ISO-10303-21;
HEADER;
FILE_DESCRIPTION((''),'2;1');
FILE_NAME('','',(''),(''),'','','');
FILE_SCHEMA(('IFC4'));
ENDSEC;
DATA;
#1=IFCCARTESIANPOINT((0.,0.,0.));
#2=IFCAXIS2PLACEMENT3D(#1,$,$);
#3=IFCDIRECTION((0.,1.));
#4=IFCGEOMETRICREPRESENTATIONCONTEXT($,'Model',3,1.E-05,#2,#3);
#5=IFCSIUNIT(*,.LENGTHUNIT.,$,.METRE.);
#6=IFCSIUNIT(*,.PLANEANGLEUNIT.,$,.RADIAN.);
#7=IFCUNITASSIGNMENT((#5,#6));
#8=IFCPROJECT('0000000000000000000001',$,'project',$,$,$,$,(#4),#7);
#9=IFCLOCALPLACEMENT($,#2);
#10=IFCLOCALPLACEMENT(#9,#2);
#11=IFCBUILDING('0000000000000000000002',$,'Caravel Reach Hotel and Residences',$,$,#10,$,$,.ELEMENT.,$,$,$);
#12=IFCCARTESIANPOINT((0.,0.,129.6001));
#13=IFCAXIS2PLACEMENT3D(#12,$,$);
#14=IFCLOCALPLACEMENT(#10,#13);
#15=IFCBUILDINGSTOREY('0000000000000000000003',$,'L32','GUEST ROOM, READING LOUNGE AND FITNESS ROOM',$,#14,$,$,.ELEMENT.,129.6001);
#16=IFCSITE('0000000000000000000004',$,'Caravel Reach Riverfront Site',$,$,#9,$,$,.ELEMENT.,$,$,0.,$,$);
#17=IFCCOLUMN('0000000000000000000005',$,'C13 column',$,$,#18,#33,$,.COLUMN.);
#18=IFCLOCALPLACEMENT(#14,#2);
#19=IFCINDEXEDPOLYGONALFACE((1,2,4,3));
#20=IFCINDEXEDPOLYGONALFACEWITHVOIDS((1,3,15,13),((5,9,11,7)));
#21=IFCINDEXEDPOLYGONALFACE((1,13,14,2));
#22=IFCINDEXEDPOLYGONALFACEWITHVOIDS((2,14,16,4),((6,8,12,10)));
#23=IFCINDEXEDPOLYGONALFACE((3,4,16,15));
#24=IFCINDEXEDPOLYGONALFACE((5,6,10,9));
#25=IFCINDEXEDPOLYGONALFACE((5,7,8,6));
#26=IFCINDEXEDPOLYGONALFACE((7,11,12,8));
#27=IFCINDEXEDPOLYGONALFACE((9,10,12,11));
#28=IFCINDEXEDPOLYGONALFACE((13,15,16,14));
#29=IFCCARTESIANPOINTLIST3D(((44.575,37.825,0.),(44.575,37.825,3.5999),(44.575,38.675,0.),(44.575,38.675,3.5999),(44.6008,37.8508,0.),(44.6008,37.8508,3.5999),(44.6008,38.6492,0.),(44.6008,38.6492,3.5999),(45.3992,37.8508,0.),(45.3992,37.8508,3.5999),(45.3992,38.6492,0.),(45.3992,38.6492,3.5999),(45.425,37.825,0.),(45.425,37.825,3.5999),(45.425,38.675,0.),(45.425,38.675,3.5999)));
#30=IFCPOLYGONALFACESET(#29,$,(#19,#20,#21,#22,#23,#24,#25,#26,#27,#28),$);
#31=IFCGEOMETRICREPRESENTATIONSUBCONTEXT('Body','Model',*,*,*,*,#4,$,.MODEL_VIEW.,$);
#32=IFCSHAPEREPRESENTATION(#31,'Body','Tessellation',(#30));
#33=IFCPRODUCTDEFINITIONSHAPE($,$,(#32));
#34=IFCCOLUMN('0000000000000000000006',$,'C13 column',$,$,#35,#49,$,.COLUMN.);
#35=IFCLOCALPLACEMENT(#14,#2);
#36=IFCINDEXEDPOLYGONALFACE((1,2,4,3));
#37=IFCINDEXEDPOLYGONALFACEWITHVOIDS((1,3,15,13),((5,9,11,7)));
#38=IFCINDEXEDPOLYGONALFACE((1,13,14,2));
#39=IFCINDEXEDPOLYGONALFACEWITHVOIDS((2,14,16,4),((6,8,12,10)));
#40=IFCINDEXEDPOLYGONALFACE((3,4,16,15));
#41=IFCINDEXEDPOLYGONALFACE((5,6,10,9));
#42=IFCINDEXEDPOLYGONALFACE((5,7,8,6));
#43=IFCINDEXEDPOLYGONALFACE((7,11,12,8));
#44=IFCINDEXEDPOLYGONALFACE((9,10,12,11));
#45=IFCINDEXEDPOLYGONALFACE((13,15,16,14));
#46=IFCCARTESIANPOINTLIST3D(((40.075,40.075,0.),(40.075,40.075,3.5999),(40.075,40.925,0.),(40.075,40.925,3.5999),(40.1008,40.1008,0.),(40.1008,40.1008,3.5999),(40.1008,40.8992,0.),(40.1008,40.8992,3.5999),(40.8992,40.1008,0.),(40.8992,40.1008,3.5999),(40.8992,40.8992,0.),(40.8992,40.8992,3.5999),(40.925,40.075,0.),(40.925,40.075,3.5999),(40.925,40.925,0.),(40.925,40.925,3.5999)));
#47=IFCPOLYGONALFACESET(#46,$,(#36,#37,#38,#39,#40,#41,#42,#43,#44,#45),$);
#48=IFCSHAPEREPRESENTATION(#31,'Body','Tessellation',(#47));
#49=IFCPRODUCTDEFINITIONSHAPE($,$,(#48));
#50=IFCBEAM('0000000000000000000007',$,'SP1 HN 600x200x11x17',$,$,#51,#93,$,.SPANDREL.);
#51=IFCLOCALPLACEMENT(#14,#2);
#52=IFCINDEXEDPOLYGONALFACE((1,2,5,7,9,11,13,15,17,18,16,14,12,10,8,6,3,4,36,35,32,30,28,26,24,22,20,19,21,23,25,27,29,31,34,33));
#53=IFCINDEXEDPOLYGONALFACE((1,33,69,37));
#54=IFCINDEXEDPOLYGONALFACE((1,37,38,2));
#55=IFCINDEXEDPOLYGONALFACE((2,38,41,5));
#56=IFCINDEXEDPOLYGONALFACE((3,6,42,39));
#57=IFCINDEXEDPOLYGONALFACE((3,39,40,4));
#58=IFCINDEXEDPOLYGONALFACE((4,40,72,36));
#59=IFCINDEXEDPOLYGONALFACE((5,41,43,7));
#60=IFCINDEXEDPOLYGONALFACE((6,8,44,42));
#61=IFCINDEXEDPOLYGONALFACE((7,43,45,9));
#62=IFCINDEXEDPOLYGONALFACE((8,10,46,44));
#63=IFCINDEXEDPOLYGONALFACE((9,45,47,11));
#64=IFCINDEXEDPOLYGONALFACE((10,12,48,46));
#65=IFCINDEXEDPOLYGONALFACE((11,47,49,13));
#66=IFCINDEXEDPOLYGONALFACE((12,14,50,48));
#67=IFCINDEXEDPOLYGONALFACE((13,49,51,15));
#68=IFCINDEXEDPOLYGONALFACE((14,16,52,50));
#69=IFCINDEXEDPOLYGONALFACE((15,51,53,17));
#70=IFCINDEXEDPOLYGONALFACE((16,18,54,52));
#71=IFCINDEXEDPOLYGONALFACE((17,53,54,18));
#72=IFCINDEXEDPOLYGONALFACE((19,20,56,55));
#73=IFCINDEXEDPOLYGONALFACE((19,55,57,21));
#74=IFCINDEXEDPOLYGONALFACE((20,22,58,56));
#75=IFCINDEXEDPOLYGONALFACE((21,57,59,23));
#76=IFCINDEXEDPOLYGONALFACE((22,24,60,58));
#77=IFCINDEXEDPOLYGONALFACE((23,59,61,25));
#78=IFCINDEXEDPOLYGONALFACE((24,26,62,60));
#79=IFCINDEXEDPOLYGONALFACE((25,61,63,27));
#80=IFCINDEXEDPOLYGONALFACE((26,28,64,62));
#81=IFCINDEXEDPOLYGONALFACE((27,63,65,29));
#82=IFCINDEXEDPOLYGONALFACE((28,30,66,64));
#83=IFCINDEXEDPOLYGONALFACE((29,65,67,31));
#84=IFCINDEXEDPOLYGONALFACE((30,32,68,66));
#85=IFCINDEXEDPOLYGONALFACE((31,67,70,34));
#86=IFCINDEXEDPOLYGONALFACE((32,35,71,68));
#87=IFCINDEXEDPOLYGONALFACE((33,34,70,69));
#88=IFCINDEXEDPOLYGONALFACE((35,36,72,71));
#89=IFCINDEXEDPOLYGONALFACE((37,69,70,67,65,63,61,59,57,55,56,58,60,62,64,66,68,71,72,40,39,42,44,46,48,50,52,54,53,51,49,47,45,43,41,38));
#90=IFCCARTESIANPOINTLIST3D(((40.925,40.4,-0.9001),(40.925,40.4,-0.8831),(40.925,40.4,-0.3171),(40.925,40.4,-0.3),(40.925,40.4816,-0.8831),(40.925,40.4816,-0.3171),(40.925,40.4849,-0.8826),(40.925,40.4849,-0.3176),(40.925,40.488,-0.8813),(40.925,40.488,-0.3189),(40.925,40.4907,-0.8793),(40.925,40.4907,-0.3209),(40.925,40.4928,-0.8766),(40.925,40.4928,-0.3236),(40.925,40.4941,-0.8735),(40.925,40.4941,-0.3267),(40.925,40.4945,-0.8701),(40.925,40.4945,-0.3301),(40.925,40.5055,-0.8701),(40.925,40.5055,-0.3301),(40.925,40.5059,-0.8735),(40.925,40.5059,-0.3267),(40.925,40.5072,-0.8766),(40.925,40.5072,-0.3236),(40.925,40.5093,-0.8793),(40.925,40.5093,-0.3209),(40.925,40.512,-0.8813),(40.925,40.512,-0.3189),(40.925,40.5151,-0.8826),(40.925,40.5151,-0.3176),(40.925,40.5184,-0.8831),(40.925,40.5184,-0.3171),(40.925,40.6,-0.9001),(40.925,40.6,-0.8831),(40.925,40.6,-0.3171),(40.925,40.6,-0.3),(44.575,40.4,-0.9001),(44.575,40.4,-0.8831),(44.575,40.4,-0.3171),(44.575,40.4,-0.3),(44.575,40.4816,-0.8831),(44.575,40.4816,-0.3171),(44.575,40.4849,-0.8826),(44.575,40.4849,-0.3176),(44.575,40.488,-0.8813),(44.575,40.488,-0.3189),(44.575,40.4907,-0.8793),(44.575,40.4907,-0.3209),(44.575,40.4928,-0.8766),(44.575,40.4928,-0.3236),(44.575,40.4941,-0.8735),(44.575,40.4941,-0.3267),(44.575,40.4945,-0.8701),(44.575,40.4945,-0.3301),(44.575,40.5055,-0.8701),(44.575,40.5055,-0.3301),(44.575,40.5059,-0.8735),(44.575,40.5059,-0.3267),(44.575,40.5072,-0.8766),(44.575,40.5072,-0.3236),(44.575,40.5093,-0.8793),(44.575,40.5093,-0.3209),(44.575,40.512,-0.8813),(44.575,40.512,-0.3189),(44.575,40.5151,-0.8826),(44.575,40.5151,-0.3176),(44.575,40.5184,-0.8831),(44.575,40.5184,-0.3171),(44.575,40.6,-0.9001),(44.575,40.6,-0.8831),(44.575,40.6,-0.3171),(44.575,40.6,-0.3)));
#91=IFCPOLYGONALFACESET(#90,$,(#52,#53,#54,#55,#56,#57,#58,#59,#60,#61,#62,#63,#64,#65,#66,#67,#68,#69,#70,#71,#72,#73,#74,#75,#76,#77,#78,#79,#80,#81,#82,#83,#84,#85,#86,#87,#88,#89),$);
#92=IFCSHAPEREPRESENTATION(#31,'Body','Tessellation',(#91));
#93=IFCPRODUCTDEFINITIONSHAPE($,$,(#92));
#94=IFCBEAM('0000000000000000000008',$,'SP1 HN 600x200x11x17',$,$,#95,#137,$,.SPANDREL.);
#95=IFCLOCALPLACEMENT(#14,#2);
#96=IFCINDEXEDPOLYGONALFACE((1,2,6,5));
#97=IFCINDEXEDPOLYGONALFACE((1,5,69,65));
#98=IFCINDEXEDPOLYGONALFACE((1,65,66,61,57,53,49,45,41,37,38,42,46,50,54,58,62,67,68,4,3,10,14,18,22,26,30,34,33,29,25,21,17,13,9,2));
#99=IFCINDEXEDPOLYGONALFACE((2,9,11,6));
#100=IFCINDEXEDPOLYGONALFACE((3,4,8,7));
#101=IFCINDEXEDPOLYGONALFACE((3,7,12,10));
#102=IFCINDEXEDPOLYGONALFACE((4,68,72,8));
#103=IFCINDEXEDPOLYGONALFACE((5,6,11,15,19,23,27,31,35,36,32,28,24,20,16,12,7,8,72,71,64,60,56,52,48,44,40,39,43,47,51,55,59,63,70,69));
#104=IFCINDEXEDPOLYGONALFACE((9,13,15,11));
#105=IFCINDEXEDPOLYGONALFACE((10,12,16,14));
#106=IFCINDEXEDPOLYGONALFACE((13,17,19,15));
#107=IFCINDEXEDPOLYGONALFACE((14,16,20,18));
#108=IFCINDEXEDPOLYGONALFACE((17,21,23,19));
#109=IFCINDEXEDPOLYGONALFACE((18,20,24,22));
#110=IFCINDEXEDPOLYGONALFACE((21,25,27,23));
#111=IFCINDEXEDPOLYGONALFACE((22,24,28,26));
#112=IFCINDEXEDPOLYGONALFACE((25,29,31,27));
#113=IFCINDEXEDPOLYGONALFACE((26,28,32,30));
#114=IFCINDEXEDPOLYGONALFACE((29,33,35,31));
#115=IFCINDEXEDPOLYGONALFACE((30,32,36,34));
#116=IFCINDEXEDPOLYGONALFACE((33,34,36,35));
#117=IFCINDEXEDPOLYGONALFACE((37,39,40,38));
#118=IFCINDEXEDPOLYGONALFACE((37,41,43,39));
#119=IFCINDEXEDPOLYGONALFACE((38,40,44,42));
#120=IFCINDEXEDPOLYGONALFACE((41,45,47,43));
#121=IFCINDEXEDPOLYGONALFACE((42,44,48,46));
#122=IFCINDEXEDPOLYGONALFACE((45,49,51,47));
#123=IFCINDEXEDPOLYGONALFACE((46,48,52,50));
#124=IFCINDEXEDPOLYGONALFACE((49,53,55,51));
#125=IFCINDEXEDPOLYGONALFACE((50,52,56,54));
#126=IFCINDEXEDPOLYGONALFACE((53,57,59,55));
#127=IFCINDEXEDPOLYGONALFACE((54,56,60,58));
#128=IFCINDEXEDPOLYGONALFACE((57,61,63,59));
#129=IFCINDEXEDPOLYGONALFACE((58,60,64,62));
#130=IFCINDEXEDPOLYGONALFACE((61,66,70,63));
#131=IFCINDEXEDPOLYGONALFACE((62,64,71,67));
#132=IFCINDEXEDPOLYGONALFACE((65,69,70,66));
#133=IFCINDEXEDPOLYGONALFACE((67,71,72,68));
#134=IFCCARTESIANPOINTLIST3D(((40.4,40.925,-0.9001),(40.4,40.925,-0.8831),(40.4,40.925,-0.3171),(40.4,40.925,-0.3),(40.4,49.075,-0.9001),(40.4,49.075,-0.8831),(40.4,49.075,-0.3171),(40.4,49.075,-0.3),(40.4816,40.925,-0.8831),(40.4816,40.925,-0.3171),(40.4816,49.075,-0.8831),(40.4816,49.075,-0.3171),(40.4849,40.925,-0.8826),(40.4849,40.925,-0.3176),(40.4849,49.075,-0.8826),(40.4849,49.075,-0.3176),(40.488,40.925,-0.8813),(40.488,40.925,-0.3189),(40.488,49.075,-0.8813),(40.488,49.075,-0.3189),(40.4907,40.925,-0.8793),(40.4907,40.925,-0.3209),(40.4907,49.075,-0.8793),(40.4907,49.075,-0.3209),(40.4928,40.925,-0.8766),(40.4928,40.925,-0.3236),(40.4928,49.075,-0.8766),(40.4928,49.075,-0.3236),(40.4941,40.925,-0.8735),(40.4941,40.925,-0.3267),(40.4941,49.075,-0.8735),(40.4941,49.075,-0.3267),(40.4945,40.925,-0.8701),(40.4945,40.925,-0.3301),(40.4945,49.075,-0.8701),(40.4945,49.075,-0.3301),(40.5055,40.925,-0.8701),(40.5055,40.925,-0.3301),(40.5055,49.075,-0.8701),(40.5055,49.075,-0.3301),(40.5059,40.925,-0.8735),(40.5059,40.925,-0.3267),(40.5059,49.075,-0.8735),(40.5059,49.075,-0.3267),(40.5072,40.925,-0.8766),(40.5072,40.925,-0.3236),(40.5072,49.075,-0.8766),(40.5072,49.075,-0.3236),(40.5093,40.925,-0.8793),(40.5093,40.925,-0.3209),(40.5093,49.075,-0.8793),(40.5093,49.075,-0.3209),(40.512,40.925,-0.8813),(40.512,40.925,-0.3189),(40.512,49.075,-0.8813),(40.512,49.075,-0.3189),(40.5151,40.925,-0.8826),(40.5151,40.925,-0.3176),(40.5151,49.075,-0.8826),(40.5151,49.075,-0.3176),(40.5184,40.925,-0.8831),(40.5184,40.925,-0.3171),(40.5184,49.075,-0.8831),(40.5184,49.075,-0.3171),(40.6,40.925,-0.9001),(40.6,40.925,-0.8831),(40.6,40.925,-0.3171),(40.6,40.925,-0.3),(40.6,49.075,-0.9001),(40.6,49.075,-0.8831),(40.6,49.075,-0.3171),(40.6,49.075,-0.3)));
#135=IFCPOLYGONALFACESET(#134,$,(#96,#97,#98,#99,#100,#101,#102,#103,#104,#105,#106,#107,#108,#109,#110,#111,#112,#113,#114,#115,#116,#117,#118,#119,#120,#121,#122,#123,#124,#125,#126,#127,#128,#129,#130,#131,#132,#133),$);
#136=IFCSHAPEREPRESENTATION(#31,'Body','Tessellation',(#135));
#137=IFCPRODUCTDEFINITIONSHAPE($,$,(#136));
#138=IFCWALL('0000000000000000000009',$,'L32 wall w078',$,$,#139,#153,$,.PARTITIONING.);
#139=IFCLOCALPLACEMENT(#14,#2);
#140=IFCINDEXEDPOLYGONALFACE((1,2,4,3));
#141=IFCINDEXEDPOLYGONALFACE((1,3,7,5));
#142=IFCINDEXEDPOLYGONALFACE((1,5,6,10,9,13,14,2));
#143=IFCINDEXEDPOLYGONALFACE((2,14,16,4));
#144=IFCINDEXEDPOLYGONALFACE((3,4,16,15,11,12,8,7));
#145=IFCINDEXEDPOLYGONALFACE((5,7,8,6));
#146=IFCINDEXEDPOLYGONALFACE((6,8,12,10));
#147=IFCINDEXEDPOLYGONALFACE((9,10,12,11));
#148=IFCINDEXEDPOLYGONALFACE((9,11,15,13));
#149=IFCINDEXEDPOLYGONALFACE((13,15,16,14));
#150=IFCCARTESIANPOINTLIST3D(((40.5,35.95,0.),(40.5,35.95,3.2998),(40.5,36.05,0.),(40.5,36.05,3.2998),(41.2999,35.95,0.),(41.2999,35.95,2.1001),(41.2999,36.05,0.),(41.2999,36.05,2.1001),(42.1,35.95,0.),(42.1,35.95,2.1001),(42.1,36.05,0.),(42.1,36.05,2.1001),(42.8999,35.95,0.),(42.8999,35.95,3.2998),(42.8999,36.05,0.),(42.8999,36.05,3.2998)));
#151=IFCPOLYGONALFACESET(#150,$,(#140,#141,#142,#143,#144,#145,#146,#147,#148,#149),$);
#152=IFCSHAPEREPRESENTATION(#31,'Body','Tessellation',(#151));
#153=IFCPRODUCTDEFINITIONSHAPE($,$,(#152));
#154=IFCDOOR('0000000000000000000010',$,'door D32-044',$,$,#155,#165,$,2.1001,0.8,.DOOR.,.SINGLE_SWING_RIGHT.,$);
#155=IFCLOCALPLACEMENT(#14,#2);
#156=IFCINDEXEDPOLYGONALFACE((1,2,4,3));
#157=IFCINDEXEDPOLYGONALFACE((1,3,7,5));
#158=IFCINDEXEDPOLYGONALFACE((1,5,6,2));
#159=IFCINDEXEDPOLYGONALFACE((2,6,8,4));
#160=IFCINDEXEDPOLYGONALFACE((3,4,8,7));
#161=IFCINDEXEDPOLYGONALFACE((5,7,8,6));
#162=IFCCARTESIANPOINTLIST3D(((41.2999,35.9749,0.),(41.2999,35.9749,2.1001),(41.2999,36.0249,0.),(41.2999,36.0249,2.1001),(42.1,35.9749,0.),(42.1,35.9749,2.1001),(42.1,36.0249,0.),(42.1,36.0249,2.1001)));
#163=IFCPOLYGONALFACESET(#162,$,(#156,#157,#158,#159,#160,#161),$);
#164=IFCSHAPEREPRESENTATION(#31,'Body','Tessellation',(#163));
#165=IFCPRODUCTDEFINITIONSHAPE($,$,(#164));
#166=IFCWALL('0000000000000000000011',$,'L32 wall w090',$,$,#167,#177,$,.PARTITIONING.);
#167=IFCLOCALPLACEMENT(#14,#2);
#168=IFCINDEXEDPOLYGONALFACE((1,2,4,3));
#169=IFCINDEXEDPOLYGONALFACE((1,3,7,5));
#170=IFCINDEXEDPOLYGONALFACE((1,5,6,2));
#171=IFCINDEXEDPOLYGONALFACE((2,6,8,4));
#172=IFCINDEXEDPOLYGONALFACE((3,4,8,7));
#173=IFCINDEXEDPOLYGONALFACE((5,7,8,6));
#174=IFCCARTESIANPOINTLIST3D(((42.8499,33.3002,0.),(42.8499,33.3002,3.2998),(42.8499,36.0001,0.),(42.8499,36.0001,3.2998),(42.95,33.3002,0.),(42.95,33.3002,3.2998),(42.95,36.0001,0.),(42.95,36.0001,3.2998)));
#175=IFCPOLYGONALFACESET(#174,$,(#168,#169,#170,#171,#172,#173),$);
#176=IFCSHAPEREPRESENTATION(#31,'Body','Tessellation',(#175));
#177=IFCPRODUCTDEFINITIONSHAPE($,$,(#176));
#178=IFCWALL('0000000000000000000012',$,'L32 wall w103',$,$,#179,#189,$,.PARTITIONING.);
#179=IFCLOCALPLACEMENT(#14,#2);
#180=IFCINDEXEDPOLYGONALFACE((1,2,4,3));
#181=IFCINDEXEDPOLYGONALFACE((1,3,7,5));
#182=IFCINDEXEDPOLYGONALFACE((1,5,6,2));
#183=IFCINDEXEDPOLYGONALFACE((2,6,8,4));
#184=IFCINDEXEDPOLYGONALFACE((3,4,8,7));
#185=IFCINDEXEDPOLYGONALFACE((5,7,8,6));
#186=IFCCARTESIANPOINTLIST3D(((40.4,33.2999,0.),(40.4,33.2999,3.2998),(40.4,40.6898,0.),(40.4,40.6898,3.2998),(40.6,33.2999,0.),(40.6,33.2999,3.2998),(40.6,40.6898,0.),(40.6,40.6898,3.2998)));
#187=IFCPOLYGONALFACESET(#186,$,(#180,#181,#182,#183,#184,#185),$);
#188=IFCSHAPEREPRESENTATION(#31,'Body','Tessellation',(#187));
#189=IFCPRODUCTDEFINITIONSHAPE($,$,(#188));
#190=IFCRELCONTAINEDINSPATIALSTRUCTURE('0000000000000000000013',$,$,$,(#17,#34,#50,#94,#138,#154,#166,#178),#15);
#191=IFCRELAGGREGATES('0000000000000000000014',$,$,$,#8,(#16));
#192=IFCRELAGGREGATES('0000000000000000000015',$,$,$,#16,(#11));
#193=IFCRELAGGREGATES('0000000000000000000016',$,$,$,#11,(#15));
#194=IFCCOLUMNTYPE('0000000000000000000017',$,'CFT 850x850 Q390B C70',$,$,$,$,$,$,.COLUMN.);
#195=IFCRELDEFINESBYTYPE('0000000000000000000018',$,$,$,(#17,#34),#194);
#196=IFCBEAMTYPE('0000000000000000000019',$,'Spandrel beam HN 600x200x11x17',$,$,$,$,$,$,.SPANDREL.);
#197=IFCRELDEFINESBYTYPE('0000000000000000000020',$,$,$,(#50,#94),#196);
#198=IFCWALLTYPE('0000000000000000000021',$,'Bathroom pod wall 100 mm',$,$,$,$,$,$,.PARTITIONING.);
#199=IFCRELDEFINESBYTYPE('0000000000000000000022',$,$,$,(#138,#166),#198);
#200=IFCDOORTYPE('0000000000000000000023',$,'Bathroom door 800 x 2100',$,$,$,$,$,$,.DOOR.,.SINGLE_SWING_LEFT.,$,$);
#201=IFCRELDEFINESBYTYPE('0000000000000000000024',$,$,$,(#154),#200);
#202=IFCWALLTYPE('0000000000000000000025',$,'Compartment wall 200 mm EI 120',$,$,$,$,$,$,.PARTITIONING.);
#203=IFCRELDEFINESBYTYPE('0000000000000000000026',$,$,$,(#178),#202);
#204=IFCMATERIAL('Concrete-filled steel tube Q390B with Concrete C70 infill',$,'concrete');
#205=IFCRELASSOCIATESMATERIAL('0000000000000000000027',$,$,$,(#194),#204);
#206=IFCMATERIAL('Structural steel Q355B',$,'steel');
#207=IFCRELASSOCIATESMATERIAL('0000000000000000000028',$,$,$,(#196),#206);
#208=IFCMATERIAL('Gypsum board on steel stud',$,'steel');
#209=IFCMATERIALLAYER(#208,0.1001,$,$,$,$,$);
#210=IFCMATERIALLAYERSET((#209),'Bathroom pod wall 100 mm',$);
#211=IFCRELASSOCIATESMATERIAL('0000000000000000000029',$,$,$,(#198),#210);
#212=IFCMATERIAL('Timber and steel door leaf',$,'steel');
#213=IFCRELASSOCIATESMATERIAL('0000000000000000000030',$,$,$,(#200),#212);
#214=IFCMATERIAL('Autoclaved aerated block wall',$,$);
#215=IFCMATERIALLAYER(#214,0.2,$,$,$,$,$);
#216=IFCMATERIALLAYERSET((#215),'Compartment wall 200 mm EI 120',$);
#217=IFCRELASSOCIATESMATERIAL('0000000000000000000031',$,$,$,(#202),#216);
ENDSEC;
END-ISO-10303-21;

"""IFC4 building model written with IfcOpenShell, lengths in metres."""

from ifc_helpers import new_model, si_unit, direction, frame, frame_2d, origin, origin_2d, place, context, subcontext, project, spatial, rectangle, hollow_rectangle, i_section, extrude, material, layer, layer_set, material_profile, profile_set, type_object, element, fill, save


model = new_model("IFC4")

# Units and contexts
model_context = context("Model", 3, precision=1e-05, world=origin(), true_north=direction((0.0, 1.0)))
body_context = subcontext(model_context, "Body", "Model", "MODEL_VIEW")
ifc_project = project(units=[si_unit("LENGTHUNIT", "METRE"), si_unit("PLANEANGLEUNIT", "RADIAN")], contexts=[model_context])

# Site, building, storey
site_placement = place(None, origin())
site = spatial("IfcSite", under=ifc_project, at=site_placement, Name="Caravel Reach Riverfront Site", CompositionType="ELEMENT", RefElevation=0.0)
building_placement = place(site_placement, origin())
building = spatial("IfcBuilding", under=site, at=building_placement, Name="Caravel Reach Hotel and Residences", CompositionType="ELEMENT")
storey_placement = place(building_placement, frame((0.0, 0.0, 129.6001)))
storey = spatial("IfcBuildingStorey", under=building, at=storey_placement, Name="L32", Description="GUEST ROOM, READING LOUNGE AND FITNESS ROOM", CompositionType="ELEMENT", Elevation=129.6001)

# Columns
ifc_material_1 = material(Name="Concrete-filled steel tube Q390B with Concrete C70 infill", Category="concrete")
ifc_material_profile_1 = material_profile(ifc_material_1, hollow_rectangle(XDim=0.8501, YDim=0.8501, WallThickness=0.0259, at=origin_2d()), Name="RHS 850x850x26")
ifc_profile_set_1 = profile_set([ifc_material_profile_1], Name="Concrete-filled steel tube Q390B with Concrete C70 infill")
column_type = type_object("IfcColumnType", Name="CFT 850x850 Q390B C70", PredefinedType="COLUMN", material=ifc_profile_set_1)
for number, where, z_axis, x_axis, name in (
    (1, (45.0, 38.25, 0.0), (0.0, 0.0, 1.0), (1.0, 0.0, 0.0), "C13 column"),
    (2, (40.5, 40.5, 0.0), (0.0, 0.0, 1.0), (1.0, 0.0, 0.0), "C13 column"),
):
    element("IfcColumn", number, at=place(storey_placement, frame(where, z_axis=z_axis, x_axis=x_axis)), inside=storey, type_object=column_type, Name=name, PredefinedType="COLUMN", context=body_context, shape_type="SweptSolid", body=[
        extrude(hollow_rectangle(XDim=0.8501, YDim=0.8501, WallThickness=0.0259, at=origin_2d()), origin(), (0.0, 0.0, 1.0), 3.5999),
    ])

# Beams
ifc_material_2 = material(Name="Structural steel Q355B", Category="steel")
ifc_material_profile_2 = material_profile(ifc_material_2, i_section(OverallWidth=0.2, OverallDepth=0.6001, WebThickness=0.011, FlangeThickness=0.0171, FilletRadius=0.0129, at=origin_2d()), Name="HN 600x200x11x17")
ifc_profile_set_2 = profile_set([ifc_material_profile_2], Name="Structural steel Q355B")
beam_type = type_object("IfcBeamType", Name="Spandrel beam HN 600x200x11x17", PredefinedType="SPANDREL", material=ifc_profile_set_2)
beam_1_placement = place(storey_placement, frame((44.575, 40.5, -0.6001), z_axis=(-1.0, 0.0, 0.0), x_axis=(0.0, -1.0, 0.0)))
element("IfcBeam", 3, at=beam_1_placement, inside=storey, type_object=beam_type, Name="SP1 HN 600x200x11x17", PredefinedType="SPANDREL", context=body_context, shape_type="SweptSolid", body=[
    extrude(i_section(OverallWidth=0.2, OverallDepth=0.6001, WebThickness=0.011, FlangeThickness=0.0171, FilletRadius=0.0129, at=origin_2d()), origin(), (0.0, 0.0, 1.0), 3.6499),
])
beam_2_placement = place(storey_placement, frame((40.5, 40.925, -0.6001), z_axis=(0.0, 1.0, 0.0), x_axis=(-1.0, 0.0, 0.0)))
element("IfcBeam", 4, at=beam_2_placement, inside=storey, type_object=beam_type, Name="SP1 HN 600x200x11x17", PredefinedType="SPANDREL", context=body_context, shape_type="SweptSolid", body=[
    extrude(i_section(OverallWidth=0.2, OverallDepth=0.6001, WebThickness=0.011, FlangeThickness=0.0171, FilletRadius=0.0129, at=origin_2d()), origin(), (0.0, 0.0, 1.0), 8.1499),
])

# Wall, opening, door
ifc_material_3 = material(Name="Gypsum board on steel stud", Category="steel")
ifc_layer_1 = layer(ifc_material_3, 0.1001)
ifc_layer_set_1 = layer_set([ifc_layer_1], Name="Bathroom pod wall 100 mm")
wall_type_1 = type_object("IfcWallType", Name="Bathroom pod wall 100 mm", PredefinedType="PARTITIONING", material=ifc_layer_set_1)
wall_1_placement = place(storey_placement, frame((40.5, 36.0, 0.0), z_axis=(0.0, 0.0, 1.0), x_axis=(1.0, 0.0, 0.0)))
wall_1 = element("IfcWall", 5, at=wall_1_placement, inside=storey, type_object=wall_type_1, Name="L32 wall w078", PredefinedType="PARTITIONING", context=body_context, shape_type="SweptSolid", body=[
    extrude(rectangle(XDim=2.3999, YDim=0.1001, at=frame_2d((1.2, 0.0))), origin(), (0.0, 0.0, 1.0), 3.2998),
])
opening_1_placement = place(wall_1_placement, frame((0.8, 0.0, 0.0)))
opening_1 = element("IfcOpeningElement", 6, at=opening_1_placement, cuts=wall_1, PredefinedType="OPENING", context=body_context, shape_type="SweptSolid", body=[
    extrude(rectangle(XDim=0.8, YDim=2.1001, at=frame_2d((0.3999, 1.05))), frame((0.0, 0.0601, 0.0), z_axis=(0.0, -1.0, 0.0), x_axis=(1.0, 0.0, 0.0)), (0.0, 0.0, 1.0), 0.1201),
])
ifc_material_4 = material(Name="Timber and steel door leaf", Category="steel")
door_type = type_object("IfcDoorType", Name="Bathroom door 800 x 2100", OperationType="SINGLE_SWING_LEFT", PredefinedType="DOOR", material=ifc_material_4)
door_placement = place(opening_1_placement, origin())
door = element("IfcDoor", 7, at=door_placement, inside=storey, type_object=door_type, Name="door D32-044", OperationType="SINGLE_SWING_RIGHT", OverallHeight=2.1001, OverallWidth=0.8, PredefinedType="DOOR", context=body_context, shape_type="SweptSolid", body=[
    extrude(rectangle(XDim=0.8, YDim=2.1001, at=frame_2d((0.3999, 1.05))), frame((0.0, 0.0249, 0.0), z_axis=(0.0, -1.0, 0.0), x_axis=(1.0, 0.0, 0.0)), (0.0, 0.0, 1.0), 0.05),
])
fill(opening_1, door)

# Walls
wall_2_placement = place(storey_placement, frame((42.8999, 33.3, 0.0), z_axis=(0.0, 0.0, 1.0), x_axis=(0.0, 1.0, 0.0)))
element("IfcWall", 8, at=wall_2_placement, inside=storey, type_object=wall_type_1, Name="L32 wall w090", PredefinedType="PARTITIONING", context=body_context, shape_type="SweptSolid", body=[
    extrude(rectangle(XDim=2.7, YDim=0.1001, at=frame_2d((1.3501, 0.0))), origin(), (0.0, 0.0, 1.0), 3.2998),
])
ifc_material_5 = material(Name="Autoclaved aerated block wall")
ifc_layer_2 = layer(ifc_material_5, 0.2)
ifc_layer_set_2 = layer_set([ifc_layer_2], Name="Compartment wall 200 mm EI 120")
wall_type_2 = type_object("IfcWallType", Name="Compartment wall 200 mm EI 120", PredefinedType="PARTITIONING", material=ifc_layer_set_2)
wall_3_placement = place(storey_placement, frame((40.5, 33.3, 0.0), z_axis=(0.0, 0.0, 1.0), x_axis=(0.0, 1.0, 0.0)))
element("IfcWall", 9, at=wall_3_placement, inside=storey, type_object=wall_type_2, Name="L32 wall w103", PredefinedType="PARTITIONING", context=body_context, shape_type="SweptSolid", body=[
    extrude(rectangle(XDim=7.3899, YDim=0.2, at=frame_2d((3.6948, 0.0))), origin(), (0.0, 0.0, 1.0), 3.2998),
])

save(model, "model.ifc")
